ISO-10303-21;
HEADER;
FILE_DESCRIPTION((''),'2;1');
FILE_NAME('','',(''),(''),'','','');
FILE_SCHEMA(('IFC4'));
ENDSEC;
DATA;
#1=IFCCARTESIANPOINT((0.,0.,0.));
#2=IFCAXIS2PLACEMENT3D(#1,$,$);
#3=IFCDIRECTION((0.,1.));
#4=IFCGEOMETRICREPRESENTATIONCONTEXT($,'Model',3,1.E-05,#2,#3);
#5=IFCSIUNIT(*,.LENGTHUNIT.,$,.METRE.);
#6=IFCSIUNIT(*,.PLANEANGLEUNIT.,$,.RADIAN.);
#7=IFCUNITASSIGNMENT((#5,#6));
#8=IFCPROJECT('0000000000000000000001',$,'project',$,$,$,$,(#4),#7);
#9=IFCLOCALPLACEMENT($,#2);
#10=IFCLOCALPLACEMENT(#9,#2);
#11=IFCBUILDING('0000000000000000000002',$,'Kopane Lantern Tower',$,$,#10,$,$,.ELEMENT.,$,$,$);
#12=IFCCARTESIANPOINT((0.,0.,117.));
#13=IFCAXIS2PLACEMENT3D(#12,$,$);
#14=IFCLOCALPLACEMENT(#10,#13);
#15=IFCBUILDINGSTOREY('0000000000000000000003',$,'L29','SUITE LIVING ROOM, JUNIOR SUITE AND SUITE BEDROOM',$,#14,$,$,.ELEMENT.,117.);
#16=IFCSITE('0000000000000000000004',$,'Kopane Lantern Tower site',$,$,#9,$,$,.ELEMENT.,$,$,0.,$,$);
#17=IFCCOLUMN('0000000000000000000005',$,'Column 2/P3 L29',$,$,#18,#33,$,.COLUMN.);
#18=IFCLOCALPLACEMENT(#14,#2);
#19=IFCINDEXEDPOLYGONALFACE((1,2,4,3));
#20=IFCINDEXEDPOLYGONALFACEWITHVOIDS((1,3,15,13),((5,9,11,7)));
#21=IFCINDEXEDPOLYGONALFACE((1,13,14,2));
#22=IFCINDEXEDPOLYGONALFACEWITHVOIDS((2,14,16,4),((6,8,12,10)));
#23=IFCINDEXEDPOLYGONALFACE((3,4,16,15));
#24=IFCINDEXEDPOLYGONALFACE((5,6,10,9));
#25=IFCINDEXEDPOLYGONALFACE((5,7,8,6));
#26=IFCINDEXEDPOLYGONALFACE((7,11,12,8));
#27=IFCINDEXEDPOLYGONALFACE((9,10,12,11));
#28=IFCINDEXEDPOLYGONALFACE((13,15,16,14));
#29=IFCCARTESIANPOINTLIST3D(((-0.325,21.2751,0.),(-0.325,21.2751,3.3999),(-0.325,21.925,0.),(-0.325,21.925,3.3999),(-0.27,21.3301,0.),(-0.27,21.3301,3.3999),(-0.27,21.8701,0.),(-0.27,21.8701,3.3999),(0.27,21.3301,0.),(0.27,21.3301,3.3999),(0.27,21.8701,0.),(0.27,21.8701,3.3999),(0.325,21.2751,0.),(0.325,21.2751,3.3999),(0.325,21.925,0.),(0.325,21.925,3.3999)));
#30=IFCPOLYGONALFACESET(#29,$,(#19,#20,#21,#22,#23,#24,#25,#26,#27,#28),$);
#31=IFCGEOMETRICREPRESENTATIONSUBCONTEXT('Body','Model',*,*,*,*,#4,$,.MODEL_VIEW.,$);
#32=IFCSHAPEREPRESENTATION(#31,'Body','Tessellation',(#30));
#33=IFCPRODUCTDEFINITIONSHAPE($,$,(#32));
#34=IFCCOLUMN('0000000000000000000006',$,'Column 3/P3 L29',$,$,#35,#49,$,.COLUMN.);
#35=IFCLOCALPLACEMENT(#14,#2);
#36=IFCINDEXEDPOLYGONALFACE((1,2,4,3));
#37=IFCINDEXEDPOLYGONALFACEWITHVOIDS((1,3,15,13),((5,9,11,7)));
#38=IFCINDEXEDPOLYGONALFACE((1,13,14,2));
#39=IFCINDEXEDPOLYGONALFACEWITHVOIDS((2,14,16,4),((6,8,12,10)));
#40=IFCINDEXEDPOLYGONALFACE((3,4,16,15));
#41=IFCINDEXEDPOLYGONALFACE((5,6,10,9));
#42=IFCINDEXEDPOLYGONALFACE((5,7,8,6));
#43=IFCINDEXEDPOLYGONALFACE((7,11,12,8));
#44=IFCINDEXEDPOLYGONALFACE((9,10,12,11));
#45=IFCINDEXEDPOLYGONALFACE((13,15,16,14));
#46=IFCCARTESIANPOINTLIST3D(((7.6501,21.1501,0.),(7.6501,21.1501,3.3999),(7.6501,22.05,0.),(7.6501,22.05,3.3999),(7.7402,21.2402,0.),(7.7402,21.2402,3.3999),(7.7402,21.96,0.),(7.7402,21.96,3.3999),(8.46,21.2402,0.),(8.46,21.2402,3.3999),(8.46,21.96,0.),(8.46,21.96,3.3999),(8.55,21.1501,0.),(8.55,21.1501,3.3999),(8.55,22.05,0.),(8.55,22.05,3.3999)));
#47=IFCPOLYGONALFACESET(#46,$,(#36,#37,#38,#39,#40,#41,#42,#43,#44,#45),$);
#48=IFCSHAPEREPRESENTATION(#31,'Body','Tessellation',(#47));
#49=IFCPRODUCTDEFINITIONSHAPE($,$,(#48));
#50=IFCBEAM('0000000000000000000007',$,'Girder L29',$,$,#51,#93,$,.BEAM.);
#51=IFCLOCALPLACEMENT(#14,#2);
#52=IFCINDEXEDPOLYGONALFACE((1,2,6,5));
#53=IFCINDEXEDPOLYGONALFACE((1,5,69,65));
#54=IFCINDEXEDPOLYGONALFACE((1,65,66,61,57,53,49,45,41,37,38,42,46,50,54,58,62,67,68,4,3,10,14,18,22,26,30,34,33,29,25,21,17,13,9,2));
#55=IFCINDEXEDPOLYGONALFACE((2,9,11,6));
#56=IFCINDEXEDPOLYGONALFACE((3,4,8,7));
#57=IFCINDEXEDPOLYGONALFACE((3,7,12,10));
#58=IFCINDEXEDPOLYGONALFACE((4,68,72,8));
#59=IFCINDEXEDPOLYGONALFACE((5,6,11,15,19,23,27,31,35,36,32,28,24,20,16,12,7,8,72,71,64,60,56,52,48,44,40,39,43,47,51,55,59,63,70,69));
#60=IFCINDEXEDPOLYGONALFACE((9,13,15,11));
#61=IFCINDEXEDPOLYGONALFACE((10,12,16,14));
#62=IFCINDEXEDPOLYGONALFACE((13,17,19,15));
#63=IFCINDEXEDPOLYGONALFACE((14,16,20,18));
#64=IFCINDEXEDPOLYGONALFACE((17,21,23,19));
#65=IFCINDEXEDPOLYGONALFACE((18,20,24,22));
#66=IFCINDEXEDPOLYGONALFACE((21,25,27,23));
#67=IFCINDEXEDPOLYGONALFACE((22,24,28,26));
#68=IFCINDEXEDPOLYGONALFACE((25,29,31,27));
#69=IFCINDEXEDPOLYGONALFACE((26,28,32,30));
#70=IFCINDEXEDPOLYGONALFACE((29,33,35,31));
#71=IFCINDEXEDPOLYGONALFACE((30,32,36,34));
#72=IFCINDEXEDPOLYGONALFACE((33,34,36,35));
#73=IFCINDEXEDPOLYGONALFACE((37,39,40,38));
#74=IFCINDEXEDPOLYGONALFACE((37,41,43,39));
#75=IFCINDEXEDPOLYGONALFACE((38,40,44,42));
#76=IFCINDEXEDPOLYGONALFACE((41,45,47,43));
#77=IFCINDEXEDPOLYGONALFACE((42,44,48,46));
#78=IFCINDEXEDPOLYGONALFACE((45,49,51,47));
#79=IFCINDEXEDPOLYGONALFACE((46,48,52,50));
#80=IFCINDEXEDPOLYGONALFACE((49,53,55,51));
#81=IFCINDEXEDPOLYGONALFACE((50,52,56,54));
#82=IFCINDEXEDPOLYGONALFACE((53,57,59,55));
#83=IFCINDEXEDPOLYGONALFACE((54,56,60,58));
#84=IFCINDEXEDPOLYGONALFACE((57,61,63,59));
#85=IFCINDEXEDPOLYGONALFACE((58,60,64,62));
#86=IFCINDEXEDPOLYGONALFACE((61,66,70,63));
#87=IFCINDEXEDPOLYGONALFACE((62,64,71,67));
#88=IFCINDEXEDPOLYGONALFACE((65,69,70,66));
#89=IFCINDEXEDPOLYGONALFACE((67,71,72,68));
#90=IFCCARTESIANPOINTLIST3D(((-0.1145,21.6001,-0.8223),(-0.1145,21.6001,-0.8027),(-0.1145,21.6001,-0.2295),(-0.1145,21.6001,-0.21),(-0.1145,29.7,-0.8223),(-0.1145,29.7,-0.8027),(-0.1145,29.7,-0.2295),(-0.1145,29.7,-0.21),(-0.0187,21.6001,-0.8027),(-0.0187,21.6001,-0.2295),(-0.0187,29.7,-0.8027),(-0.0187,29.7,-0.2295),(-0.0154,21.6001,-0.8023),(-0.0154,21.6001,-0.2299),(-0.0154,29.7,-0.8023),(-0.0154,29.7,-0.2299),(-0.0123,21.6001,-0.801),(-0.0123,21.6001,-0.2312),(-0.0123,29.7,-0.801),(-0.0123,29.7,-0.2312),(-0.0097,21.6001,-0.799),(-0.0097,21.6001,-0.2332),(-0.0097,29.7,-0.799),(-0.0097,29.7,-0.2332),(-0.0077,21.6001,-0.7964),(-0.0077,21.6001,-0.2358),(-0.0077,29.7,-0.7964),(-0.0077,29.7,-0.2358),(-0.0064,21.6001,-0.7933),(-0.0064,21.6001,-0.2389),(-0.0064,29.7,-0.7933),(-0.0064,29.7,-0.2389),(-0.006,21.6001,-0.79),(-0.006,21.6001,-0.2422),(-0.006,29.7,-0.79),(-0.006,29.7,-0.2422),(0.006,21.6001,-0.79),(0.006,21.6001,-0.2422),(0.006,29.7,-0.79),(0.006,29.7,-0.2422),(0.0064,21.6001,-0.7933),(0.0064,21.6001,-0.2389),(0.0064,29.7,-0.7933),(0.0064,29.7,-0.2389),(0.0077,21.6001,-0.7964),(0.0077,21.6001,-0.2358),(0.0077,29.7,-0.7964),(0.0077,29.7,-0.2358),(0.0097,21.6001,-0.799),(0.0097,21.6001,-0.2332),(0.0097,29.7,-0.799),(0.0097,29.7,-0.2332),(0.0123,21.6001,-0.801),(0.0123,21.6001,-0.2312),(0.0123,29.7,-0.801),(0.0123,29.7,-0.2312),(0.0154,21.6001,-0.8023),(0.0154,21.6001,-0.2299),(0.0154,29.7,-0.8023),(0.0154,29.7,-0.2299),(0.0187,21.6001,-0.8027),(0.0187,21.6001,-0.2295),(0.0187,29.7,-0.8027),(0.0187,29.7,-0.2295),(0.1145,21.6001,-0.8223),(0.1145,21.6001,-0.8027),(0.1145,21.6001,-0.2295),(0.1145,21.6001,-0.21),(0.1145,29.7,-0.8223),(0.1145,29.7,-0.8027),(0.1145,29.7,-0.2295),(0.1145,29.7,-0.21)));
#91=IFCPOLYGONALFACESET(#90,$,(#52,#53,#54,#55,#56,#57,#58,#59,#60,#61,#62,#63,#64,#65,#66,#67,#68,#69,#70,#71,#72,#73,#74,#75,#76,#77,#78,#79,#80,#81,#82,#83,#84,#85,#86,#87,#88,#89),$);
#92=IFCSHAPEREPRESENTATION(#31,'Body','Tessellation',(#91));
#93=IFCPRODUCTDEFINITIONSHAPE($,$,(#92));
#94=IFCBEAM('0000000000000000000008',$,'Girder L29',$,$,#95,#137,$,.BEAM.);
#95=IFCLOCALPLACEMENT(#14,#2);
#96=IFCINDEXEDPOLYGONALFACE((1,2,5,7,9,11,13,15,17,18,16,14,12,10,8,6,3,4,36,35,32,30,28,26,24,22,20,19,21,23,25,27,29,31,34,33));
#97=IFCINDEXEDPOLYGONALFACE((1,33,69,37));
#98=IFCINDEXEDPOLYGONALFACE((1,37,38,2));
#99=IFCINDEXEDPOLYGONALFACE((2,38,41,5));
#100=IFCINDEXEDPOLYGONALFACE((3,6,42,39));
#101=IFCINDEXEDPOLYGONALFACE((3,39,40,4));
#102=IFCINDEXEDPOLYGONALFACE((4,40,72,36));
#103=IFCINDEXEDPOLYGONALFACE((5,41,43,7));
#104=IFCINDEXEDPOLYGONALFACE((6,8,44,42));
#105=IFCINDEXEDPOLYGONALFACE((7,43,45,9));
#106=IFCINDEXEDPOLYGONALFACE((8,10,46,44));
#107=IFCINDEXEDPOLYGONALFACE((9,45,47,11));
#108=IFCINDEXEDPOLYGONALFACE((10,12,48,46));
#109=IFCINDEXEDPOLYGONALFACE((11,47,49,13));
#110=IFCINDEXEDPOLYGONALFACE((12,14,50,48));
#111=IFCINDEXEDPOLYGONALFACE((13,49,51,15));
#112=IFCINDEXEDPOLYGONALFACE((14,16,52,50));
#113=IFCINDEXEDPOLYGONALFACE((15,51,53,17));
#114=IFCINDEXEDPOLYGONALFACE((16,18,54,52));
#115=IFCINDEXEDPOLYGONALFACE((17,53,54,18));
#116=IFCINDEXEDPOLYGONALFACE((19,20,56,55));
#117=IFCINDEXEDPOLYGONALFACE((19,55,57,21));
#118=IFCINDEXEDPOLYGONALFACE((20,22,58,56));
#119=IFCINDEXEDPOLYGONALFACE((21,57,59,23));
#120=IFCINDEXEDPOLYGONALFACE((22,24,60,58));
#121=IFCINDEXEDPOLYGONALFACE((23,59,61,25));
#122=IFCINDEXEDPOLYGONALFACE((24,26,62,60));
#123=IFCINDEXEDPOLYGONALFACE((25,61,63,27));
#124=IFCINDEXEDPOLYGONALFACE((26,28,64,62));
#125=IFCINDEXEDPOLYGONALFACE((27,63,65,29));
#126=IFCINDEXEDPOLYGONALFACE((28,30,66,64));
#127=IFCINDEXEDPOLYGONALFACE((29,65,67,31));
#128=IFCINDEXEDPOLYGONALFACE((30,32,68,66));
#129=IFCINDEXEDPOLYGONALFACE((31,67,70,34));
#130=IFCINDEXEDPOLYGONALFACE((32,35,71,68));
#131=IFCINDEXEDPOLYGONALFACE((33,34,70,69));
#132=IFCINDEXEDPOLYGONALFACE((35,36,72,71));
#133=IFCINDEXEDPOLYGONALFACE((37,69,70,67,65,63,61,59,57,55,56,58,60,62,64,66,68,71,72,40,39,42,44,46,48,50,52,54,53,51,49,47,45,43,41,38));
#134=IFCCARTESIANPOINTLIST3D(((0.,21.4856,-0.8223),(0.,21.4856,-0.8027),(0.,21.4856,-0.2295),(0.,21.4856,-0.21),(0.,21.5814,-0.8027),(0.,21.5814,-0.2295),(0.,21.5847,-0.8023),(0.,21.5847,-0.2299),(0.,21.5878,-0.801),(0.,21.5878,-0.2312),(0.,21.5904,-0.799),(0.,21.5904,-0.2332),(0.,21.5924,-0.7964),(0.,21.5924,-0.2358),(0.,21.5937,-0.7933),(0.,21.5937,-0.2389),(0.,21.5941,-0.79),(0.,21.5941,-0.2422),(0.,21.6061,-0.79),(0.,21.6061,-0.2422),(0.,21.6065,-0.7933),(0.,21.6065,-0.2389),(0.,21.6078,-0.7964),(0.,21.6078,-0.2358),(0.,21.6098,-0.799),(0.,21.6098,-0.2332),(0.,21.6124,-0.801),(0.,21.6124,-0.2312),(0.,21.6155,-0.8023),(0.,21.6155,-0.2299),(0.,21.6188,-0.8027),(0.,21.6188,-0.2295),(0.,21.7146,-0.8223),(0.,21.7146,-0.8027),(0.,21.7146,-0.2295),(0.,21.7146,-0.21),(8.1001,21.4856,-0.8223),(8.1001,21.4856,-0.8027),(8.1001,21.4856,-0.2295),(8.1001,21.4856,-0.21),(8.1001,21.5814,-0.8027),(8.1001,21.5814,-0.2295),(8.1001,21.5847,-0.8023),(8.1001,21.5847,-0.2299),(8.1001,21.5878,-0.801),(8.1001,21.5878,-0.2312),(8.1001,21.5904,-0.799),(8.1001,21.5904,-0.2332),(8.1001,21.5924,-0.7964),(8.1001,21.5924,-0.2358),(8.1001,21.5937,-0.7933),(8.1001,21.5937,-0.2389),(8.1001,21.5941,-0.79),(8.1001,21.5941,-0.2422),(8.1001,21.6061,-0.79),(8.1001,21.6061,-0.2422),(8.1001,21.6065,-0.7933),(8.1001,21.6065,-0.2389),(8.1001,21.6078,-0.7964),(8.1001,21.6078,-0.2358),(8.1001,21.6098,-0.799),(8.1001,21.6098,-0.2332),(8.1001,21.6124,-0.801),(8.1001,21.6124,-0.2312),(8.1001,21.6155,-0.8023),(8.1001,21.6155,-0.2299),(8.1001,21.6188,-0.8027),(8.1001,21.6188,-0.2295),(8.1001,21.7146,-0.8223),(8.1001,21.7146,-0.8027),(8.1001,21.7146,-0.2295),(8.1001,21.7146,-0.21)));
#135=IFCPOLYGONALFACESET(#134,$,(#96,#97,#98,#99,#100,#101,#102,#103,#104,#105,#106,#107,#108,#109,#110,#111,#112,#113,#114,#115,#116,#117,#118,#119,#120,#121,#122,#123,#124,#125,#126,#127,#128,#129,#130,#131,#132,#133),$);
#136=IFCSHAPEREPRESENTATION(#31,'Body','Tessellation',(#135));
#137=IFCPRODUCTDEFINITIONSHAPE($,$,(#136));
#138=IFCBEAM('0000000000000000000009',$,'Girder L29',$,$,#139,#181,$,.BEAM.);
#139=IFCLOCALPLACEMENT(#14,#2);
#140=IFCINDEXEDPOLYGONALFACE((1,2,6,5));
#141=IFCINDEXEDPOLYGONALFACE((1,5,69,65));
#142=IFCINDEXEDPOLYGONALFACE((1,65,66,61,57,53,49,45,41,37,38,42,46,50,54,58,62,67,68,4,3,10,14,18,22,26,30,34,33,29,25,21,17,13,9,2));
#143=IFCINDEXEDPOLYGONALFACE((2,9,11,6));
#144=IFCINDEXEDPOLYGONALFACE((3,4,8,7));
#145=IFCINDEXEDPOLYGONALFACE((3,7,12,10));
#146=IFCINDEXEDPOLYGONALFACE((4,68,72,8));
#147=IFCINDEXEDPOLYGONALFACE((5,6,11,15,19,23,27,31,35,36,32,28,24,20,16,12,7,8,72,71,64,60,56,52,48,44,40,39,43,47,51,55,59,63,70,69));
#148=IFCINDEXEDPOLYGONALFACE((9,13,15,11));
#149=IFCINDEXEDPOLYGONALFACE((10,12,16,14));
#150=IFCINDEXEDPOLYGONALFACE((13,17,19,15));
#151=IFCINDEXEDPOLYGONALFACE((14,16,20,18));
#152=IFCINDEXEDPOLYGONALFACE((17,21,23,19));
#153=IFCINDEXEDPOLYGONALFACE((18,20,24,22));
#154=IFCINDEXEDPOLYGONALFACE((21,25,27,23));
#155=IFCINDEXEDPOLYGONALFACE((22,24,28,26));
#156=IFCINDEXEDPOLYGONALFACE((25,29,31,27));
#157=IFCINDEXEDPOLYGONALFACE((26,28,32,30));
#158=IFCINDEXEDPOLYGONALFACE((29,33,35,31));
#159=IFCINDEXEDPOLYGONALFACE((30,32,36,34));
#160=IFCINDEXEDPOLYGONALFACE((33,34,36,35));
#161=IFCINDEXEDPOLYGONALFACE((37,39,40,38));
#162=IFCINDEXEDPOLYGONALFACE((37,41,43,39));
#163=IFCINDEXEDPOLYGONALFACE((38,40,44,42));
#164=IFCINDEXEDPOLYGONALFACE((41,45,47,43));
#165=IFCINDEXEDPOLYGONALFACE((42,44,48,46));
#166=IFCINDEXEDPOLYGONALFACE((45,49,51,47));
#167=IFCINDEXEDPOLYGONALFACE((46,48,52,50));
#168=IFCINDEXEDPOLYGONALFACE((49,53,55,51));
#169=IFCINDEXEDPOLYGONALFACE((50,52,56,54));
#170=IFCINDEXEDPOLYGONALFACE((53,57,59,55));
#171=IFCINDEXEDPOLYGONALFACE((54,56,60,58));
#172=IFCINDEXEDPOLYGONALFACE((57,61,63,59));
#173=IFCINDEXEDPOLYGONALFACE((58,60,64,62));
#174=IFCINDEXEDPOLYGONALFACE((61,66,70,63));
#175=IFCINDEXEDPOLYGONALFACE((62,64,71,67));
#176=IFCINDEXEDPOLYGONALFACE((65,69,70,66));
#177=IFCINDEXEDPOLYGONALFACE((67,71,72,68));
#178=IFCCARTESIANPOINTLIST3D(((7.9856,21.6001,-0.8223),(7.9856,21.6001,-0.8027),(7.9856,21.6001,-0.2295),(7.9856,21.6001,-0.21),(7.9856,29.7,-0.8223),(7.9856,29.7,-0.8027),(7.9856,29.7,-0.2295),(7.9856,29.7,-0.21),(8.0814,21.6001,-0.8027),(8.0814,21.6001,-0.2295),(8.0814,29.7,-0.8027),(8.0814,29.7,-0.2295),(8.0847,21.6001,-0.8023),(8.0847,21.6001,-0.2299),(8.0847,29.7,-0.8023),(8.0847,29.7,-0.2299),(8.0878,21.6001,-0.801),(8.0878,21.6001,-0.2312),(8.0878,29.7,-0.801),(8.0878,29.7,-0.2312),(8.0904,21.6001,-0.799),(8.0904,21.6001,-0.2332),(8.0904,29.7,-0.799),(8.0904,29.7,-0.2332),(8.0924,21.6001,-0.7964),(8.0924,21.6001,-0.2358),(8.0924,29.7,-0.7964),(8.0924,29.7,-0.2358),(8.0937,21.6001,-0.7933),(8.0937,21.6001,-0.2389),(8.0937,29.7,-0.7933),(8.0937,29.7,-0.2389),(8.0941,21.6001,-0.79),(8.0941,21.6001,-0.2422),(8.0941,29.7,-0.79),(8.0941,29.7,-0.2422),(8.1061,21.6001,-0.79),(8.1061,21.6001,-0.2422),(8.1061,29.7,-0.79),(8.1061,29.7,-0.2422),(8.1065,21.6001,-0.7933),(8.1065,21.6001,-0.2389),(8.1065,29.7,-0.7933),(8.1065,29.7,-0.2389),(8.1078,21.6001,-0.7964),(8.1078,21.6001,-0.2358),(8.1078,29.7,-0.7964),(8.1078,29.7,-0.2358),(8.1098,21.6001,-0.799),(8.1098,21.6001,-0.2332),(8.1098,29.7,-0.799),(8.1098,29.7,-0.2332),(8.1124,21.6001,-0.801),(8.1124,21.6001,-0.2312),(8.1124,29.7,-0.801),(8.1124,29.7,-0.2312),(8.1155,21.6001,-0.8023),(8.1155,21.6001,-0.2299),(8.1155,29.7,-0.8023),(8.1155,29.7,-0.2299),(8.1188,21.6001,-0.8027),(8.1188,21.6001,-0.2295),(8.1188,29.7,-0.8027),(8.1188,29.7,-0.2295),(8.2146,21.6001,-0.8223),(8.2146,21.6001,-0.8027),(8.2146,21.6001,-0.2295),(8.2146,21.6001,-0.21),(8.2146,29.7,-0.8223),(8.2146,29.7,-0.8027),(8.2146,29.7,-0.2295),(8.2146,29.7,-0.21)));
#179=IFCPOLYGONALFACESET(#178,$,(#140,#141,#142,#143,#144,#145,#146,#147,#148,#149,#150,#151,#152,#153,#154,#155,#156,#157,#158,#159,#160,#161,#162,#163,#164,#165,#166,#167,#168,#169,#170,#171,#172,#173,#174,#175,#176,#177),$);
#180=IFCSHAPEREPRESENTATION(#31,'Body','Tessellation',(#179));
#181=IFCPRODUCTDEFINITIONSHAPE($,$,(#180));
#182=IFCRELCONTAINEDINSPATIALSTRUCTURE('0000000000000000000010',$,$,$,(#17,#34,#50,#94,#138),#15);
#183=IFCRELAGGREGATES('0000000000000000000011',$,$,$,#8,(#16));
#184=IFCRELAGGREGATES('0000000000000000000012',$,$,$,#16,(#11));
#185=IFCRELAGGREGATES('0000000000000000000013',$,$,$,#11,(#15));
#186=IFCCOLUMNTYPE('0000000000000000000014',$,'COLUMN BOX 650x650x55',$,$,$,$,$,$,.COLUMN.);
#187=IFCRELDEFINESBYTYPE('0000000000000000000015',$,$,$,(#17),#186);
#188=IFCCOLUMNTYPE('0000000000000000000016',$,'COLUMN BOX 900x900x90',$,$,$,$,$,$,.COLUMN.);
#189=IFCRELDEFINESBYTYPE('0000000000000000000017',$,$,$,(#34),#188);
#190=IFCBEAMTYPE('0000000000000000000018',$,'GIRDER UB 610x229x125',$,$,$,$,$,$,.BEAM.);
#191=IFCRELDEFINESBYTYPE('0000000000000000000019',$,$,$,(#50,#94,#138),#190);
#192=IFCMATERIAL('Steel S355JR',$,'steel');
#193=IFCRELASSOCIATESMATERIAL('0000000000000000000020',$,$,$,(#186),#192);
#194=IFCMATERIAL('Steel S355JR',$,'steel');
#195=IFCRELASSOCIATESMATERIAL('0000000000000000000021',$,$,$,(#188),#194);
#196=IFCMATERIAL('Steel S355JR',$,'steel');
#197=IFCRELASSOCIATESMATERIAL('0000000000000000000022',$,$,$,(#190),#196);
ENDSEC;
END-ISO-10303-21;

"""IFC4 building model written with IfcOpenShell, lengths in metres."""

from ifc_helpers import new_model, si_unit, direction, frame, origin, origin_2d, place, context, subcontext, project, spatial, hollow_rectangle, i_section, extrude, material, material_profile, profile_set, type_object, element, save


model = new_model("IFC4")

# Units and contexts
model_context = context("Model", 3, precision=1e-05, world=origin(), true_north=direction((0.0, 1.0)))
body_context = subcontext(model_context, "Body", "Model", "MODEL_VIEW")
ifc_project = project(units=[si_unit("LENGTHUNIT", "METRE"), si_unit("PLANEANGLEUNIT", "RADIAN")], contexts=[model_context])

# Site, building, storey
site_placement = place(None, origin())
site = spatial("IfcSite", under=ifc_project, at=site_placement, Name="Kopane Lantern Tower site", CompositionType="ELEMENT", RefElevation=0.0)
building_placement = place(site_placement, origin())
building = spatial("IfcBuilding", under=site, at=building_placement, Name="Kopane Lantern Tower", CompositionType="ELEMENT")
storey_placement = place(building_placement, frame((0.0, 0.0, 117.0)))
storey = spatial("IfcBuildingStorey", under=building, at=storey_placement, Name="L29", Description="SUITE LIVING ROOM, JUNIOR SUITE AND SUITE BEDROOM", CompositionType="ELEMENT", Elevation=117.0)

# Columns
ifc_material_1 = material(Name="Steel S355JR", Category="steel")
ifc_material_profile_1 = material_profile(ifc_material_1, hollow_rectangle(XDim=0.6499, YDim=0.6499, WallThickness=0.0549, at=origin_2d()), Name="BOX 650x650x55")
ifc_profile_set_1 = profile_set([ifc_material_profile_1], Name="Steel S355JR")
column_type_1 = type_object("IfcColumnType", Name="COLUMN BOX 650x650x55", PredefinedType="COLUMN", material=ifc_profile_set_1)
column_1_placement = place(storey_placement, frame((0.0, 21.6001, 0.0), z_axis=(0.0, 0.0, 1.0), x_axis=(1.0, 0.0, 0.0)))
element("IfcColumn", 1, at=column_1_placement, inside=storey, type_object=column_type_1, Name="Column 2/P3 L29", PredefinedType="COLUMN", context=body_context, shape_type="SweptSolid", body=[
    extrude(hollow_rectangle(XDim=0.6499, YDim=0.6499, WallThickness=0.0549, at=origin_2d()), origin(), (0.0, 0.0, 1.0), 3.3999),
])
ifc_material_2 = material(Name="Steel S355JR", Category="steel")
ifc_material_profile_2 = material_profile(ifc_material_2, hollow_rectangle(XDim=0.8999, YDim=0.8999, WallThickness=0.0901, at=origin_2d()), Name="BOX 900x900x90")
ifc_profile_set_2 = profile_set([ifc_material_profile_2], Name="Steel S355JR")
column_type_2 = type_object("IfcColumnType", Name="COLUMN BOX 900x900x90", PredefinedType="COLUMN", material=ifc_profile_set_2)
column_2_placement = place(storey_placement, frame((8.1001, 21.6001, 0.0), z_axis=(0.0, 0.0, 1.0), x_axis=(1.0, 0.0, 0.0)))
element("IfcColumn", 2, at=column_2_placement, inside=storey, type_object=column_type_2, Name="Column 3/P3 L29", PredefinedType="COLUMN", context=body_context, shape_type="SweptSolid", body=[
    extrude(hollow_rectangle(XDim=0.8999, YDim=0.8999, WallThickness=0.0901, at=origin_2d()), origin(), (0.0, 0.0, 1.0), 3.3999),
])

# Beams
ifc_material_3 = material(Name="Steel S355JR", Category="steel")
ifc_material_profile_3 = material_profile(ifc_material_3, i_section(OverallWidth=0.229, OverallDepth=0.6123, WebThickness=0.012, FlangeThickness=0.0195, FilletRadius=0.0127, at=origin_2d()), Name="UB 610x229x125")
ifc_profile_set_3 = profile_set([ifc_material_profile_3], Name="Steel S355JR")
beam_type = type_object("IfcBeamType", Name="GIRDER UB 610x229x125", PredefinedType="BEAM", material=ifc_profile_set_3)
beam_1_placement = place(storey_placement, frame((0.0, 21.6001, -0.5161), z_axis=(0.0, 1.0, 0.0), x_axis=(-1.0, 0.0, 0.0)))
element("IfcBeam", 3, at=beam_1_placement, inside=storey, type_object=beam_type, Name="Girder L29", PredefinedType="BEAM", context=body_context, shape_type="SweptSolid", body=[
    extrude(i_section(OverallWidth=0.229, OverallDepth=0.6123, WebThickness=0.012, FlangeThickness=0.0195, FilletRadius=0.0127, at=origin_2d()), origin(), (0.0, 0.0, 1.0), 8.0999),
])
beam_2_placement = place(storey_placement, frame((0.0, 21.6001, -0.5161), z_axis=(1.0, 0.0, 0.0), x_axis=(0.0, 1.0, 0.0)))
element("IfcBeam", 4, at=beam_2_placement, inside=storey, type_object=beam_type, Name="Girder L29", PredefinedType="BEAM", context=body_context, shape_type="SweptSolid", body=[
    extrude(i_section(OverallWidth=0.229, OverallDepth=0.6123, WebThickness=0.012, FlangeThickness=0.0195, FilletRadius=0.0127, at=origin_2d()), origin(), (0.0, 0.0, 1.0), 8.1001),
])
for number, where, z_axis, x_axis, name in (
    (5, (8.1001, 21.6001, -0.5161), (0.0, 1.0, 0.0), (-1.0, 0.0, 0.0), "Girder L29"),
):
    element("IfcBeam", number, at=place(storey_placement, frame(where, z_axis=z_axis, x_axis=x_axis)), inside=storey, type_object=beam_type, Name=name, PredefinedType="BEAM", context=body_context, shape_type="SweptSolid", body=[
        extrude(i_section(OverallWidth=0.229, OverallDepth=0.6123, WebThickness=0.012, FlangeThickness=0.0195, FilletRadius=0.0127, at=origin_2d()), origin(), (0.0, 0.0, 1.0), 8.0999),
    ])

save(model, "model.ifc")
